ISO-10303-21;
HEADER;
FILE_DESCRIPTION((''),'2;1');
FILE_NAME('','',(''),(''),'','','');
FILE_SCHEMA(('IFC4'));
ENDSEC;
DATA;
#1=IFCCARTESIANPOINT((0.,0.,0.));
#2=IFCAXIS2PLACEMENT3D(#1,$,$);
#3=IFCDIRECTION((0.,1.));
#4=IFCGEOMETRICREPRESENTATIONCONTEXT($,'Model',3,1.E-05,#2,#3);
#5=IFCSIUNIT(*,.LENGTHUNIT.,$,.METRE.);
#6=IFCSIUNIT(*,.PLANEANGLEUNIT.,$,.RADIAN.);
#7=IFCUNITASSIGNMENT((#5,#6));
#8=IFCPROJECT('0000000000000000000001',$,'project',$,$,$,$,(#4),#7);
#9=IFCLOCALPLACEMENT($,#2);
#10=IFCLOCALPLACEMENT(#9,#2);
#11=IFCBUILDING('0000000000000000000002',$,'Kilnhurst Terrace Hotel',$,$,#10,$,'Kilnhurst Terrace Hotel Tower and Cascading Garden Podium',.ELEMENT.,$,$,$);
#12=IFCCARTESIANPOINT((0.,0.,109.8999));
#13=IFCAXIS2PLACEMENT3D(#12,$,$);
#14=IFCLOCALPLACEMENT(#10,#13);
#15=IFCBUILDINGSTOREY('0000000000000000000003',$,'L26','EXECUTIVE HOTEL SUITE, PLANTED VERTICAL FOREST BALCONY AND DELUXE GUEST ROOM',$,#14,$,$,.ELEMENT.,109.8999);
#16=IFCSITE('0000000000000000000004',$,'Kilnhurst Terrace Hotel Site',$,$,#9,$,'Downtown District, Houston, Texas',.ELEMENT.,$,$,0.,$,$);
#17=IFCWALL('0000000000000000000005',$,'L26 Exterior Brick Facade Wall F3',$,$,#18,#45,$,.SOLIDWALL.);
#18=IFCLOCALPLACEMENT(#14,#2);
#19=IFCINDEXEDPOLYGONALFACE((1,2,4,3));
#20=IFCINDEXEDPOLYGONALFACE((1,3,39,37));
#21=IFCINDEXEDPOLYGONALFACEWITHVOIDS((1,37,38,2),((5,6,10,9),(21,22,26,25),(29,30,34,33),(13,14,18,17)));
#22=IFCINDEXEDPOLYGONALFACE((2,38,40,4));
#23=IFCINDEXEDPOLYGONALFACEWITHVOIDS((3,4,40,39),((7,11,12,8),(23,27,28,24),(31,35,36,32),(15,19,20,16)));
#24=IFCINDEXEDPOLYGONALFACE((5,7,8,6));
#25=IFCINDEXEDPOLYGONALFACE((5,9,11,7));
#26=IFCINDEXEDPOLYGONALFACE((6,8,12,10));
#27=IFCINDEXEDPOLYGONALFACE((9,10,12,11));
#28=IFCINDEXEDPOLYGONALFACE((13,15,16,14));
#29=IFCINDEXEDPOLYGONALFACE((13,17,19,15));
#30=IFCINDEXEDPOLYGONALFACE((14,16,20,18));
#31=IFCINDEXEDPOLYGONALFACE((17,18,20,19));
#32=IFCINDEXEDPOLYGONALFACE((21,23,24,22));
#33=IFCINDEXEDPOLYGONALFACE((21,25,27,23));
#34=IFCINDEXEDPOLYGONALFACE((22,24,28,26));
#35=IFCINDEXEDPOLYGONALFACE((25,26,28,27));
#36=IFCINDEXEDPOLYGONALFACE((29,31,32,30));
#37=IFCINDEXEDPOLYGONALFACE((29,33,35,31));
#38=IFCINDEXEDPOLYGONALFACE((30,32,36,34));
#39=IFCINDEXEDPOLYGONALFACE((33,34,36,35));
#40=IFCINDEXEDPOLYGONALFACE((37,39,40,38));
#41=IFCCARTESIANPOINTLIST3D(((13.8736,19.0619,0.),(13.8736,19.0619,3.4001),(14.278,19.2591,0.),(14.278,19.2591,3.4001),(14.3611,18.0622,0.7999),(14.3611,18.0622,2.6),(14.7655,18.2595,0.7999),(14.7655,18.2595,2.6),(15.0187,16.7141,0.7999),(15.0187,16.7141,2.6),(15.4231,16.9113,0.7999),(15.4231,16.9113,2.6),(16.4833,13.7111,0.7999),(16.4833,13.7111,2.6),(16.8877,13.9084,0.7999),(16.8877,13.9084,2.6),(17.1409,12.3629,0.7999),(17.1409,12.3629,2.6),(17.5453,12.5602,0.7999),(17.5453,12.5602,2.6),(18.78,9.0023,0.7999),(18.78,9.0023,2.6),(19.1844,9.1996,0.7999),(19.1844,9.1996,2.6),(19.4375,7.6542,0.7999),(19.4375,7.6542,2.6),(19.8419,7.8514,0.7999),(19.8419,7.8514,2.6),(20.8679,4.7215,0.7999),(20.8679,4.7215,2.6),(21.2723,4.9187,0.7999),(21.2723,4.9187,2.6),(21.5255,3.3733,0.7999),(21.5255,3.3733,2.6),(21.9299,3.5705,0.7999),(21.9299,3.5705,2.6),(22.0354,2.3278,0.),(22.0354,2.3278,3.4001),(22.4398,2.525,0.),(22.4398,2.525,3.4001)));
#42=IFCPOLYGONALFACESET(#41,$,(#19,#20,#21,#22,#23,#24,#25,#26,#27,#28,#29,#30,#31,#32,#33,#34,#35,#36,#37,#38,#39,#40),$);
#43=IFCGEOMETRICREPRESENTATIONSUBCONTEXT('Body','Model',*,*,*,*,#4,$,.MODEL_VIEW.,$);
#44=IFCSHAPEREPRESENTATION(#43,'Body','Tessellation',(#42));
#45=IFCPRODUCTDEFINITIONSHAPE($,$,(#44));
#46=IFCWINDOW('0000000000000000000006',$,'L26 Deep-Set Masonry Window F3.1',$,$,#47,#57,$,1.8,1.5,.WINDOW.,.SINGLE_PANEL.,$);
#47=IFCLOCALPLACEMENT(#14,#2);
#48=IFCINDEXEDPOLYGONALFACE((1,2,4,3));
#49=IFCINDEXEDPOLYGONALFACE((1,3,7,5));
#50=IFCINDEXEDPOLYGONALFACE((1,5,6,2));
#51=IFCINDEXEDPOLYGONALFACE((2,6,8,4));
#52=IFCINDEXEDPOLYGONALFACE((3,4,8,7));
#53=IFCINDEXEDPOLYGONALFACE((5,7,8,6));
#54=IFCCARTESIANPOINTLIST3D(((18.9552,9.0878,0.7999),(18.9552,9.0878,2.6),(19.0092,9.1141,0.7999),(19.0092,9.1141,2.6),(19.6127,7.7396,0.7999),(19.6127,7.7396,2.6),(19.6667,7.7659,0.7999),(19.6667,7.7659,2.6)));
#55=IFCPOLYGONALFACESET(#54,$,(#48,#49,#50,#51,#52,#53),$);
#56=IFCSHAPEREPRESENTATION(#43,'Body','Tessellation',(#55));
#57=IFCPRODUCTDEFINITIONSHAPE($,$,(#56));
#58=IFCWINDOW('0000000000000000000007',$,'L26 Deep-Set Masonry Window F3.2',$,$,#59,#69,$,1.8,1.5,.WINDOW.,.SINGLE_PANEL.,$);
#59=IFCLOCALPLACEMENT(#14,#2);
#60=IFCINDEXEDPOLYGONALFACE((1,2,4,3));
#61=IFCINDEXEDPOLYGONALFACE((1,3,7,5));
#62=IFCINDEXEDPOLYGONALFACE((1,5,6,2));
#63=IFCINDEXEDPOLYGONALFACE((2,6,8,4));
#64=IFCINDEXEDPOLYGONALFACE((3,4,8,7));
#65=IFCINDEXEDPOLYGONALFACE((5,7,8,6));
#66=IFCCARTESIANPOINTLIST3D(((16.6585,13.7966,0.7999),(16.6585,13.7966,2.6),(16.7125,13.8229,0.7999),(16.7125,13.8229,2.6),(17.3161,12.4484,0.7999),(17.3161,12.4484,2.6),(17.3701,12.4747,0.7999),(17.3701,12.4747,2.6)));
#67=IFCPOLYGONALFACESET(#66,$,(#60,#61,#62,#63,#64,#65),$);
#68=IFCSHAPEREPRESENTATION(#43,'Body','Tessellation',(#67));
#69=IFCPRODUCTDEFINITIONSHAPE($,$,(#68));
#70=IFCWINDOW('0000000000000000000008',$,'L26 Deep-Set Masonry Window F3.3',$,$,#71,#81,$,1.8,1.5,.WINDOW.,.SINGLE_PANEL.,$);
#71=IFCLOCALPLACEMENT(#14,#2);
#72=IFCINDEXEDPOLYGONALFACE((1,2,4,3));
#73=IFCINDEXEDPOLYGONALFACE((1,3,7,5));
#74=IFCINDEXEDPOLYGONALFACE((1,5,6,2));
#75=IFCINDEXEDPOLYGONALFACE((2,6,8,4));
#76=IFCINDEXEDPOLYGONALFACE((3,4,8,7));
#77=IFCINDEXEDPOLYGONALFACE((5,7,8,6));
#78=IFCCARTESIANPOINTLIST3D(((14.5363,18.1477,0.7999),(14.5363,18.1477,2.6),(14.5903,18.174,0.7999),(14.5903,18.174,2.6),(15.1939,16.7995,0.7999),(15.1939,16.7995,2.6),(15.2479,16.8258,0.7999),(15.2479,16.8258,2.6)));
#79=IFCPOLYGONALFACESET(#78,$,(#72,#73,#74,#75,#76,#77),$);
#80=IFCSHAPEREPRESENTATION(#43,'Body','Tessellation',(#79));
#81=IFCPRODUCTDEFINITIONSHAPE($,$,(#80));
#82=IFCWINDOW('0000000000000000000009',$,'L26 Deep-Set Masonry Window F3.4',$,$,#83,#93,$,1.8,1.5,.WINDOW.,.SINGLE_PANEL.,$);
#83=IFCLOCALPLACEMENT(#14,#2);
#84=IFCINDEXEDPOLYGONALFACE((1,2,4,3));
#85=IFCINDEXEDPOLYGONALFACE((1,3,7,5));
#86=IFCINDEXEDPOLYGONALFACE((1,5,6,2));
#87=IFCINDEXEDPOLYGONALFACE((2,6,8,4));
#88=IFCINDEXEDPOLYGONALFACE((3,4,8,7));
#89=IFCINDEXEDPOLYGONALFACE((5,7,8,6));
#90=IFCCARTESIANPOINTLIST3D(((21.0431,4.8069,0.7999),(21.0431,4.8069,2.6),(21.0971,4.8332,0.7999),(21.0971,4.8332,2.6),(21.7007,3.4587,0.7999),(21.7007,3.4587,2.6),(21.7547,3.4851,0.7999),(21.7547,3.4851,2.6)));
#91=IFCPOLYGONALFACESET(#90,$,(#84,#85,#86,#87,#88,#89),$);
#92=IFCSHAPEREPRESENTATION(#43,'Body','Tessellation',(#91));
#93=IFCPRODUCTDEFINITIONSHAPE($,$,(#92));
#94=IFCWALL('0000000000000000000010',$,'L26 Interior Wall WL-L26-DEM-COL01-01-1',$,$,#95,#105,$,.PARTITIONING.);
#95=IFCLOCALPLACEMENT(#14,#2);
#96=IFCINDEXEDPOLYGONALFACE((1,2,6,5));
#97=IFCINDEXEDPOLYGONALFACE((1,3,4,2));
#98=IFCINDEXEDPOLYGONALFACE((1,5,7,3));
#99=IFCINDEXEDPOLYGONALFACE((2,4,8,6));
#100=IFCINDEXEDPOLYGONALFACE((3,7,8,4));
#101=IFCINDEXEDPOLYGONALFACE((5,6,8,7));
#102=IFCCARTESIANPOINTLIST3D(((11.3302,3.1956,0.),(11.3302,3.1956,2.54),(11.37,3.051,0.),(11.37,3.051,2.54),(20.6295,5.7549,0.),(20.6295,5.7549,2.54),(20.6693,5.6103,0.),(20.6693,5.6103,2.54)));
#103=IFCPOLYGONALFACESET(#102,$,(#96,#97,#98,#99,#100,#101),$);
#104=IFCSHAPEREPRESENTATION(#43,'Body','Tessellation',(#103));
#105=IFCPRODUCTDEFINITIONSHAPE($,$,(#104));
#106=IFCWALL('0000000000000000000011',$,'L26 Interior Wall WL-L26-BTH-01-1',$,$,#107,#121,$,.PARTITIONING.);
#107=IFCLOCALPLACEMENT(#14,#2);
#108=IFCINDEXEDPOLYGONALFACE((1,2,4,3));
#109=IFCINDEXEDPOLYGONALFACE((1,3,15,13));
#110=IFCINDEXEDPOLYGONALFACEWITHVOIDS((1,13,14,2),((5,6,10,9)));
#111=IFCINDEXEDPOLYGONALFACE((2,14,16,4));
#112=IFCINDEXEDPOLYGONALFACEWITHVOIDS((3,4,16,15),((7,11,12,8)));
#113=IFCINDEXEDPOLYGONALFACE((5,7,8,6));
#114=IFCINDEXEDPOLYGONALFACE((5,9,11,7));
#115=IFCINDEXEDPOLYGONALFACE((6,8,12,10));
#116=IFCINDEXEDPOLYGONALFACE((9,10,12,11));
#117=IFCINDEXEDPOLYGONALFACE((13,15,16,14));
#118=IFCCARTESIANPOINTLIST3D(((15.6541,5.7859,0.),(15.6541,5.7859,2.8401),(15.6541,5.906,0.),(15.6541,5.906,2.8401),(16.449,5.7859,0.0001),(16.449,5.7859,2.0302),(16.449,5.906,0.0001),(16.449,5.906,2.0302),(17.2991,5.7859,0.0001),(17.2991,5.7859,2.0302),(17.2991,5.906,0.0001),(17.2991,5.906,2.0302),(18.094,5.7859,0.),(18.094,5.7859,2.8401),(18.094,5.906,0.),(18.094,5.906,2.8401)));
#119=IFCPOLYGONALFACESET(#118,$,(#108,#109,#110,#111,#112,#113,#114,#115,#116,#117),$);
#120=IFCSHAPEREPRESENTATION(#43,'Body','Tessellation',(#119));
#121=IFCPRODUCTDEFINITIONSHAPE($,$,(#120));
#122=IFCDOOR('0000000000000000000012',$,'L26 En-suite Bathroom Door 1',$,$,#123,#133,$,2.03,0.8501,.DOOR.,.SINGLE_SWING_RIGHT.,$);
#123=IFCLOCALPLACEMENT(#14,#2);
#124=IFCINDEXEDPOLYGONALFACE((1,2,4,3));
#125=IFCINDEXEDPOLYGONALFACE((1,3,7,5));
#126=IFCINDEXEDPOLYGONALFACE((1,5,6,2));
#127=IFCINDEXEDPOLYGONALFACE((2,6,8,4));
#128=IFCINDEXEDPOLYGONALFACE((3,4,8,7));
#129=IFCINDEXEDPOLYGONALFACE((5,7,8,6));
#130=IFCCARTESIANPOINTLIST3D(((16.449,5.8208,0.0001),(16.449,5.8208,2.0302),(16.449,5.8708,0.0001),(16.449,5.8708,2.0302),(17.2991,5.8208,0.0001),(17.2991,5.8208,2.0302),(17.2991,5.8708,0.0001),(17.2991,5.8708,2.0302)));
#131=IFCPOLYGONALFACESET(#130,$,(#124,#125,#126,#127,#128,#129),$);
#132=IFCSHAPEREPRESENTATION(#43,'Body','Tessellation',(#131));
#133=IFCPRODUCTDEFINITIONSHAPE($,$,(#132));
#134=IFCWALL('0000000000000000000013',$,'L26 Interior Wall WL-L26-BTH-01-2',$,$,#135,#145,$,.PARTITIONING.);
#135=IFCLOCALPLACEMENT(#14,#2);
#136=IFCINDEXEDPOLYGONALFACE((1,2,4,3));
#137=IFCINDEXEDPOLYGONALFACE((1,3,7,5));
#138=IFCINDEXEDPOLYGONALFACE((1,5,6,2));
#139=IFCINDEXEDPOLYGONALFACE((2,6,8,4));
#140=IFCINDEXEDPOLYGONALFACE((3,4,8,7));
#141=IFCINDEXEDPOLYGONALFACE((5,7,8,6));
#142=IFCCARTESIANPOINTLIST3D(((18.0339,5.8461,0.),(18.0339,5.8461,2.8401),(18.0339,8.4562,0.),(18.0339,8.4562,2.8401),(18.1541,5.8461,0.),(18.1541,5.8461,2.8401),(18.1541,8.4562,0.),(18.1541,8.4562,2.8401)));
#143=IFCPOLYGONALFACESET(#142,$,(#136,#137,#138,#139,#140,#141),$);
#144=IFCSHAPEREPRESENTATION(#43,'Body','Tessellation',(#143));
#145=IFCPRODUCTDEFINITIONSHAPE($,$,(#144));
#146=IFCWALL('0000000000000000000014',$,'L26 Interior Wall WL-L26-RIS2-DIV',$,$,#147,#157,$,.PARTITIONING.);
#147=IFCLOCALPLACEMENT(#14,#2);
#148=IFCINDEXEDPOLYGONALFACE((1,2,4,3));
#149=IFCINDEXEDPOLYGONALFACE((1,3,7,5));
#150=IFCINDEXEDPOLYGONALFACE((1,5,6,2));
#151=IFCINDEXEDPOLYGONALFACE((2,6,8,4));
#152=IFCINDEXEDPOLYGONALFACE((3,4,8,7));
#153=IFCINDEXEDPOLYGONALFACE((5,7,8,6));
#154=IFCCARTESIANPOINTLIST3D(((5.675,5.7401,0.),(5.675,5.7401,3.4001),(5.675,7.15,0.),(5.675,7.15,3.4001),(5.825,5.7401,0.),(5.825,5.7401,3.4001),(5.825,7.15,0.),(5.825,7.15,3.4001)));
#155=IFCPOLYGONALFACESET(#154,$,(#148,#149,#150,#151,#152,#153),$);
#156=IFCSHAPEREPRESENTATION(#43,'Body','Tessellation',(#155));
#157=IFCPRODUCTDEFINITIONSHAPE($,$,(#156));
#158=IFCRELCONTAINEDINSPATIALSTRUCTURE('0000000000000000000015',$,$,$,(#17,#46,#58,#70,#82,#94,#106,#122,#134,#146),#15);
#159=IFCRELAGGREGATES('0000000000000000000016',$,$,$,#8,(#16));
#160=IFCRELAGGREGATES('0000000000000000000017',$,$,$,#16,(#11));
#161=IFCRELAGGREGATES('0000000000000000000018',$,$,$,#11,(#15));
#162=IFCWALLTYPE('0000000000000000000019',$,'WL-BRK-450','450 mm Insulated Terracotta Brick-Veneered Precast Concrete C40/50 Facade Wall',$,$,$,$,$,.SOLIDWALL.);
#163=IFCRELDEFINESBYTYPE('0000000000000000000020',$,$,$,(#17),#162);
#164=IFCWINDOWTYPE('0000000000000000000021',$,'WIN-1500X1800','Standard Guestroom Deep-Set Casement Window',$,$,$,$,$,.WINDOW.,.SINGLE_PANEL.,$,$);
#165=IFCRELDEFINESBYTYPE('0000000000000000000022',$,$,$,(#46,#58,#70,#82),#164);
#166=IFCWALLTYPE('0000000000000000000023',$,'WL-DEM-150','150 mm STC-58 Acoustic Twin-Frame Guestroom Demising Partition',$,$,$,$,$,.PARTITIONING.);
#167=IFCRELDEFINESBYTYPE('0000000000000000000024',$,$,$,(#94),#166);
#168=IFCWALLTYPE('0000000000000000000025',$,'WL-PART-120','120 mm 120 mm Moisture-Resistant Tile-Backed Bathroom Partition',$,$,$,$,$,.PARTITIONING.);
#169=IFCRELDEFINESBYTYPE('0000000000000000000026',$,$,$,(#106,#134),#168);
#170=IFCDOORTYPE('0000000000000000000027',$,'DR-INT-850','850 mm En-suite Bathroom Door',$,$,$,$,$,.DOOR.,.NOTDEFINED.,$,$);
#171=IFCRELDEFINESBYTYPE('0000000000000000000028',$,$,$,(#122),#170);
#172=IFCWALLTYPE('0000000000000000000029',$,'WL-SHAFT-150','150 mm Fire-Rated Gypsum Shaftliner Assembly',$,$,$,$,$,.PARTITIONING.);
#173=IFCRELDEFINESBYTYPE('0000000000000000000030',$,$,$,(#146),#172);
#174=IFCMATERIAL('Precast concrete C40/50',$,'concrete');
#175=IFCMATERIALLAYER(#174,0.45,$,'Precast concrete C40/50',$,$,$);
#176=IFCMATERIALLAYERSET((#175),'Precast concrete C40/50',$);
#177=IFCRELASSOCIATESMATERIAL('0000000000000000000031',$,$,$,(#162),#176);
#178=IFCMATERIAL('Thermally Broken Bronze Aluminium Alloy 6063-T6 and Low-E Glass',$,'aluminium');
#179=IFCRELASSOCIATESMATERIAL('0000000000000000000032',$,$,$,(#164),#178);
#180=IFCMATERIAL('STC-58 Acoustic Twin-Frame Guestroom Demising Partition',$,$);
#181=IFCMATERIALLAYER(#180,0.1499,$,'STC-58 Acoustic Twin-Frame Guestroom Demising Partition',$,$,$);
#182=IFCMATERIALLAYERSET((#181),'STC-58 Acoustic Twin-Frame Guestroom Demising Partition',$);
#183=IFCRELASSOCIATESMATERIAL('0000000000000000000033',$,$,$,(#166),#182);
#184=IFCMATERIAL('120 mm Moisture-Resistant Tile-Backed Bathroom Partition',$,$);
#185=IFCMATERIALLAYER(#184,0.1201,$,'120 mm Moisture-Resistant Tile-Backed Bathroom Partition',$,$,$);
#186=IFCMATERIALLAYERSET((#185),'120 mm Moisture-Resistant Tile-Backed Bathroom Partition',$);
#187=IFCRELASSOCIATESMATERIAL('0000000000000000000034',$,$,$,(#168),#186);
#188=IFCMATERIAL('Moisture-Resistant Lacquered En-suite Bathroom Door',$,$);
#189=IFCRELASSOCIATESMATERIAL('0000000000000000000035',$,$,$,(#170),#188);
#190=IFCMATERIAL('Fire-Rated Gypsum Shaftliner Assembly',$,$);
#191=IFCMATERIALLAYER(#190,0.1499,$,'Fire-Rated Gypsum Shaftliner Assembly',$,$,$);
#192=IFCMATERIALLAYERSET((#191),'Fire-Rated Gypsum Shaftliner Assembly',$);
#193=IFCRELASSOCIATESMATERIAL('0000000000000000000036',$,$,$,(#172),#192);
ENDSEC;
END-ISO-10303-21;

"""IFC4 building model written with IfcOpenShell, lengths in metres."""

from ifc_helpers import new_model, si_unit, direction, frame, frame_2d, origin, place, context, subcontext, project, spatial, rectangle, extrude, material, layer, layer_set, type_object, element, fill, save


model = new_model("IFC4")

# Units and contexts
model_context = context("Model", 3, precision=1e-05, world=origin(), true_north=direction((0.0, 1.0)))
body_context = subcontext(model_context, "Body", "Model", "MODEL_VIEW")
ifc_project = project(units=[si_unit("LENGTHUNIT", "METRE"), si_unit("PLANEANGLEUNIT", "RADIAN")], contexts=[model_context])

# Site, building, storey
site_placement = place(None, origin())
site = spatial("IfcSite", under=ifc_project, at=site_placement, Name="Kilnhurst Terrace Hotel Site", LongName="Downtown District, Houston, Texas", CompositionType="ELEMENT", RefElevation=0.0)
building_placement = place(site_placement, origin())
building = spatial("IfcBuilding", under=site, at=building_placement, Name="Kilnhurst Terrace Hotel", LongName="Kilnhurst Terrace Hotel Tower and Cascading Garden Podium", CompositionType="ELEMENT")
storey_placement = place(building_placement, frame((0.0, 0.0, 109.8999)))
storey = spatial("IfcBuildingStorey", under=building, at=storey_placement, Name="L26", Description="EXECUTIVE HOTEL SUITE, PLANTED VERTICAL FOREST BALCONY AND DELUXE GUEST ROOM", CompositionType="ELEMENT", Elevation=109.8999)

# Shared definitions
ifc_material_1 = material(Name="Precast concrete C40/50", Category="concrete")
ifc_layer_1 = layer(ifc_material_1, 0.45, Name="Precast concrete C40/50")
ifc_layer_set_1 = layer_set([ifc_layer_1], Name="Precast concrete C40/50")
wall_type_1 = type_object("IfcWallType", Name="WL-BRK-450", Description="450 mm Insulated Terracotta Brick-Veneered Precast Concrete C40/50 Facade Wall", PredefinedType="SOLIDWALL", material=ifc_layer_set_1)

# Wall, openings, windows
wall_1_placement = place(storey_placement, frame((22.2375, 2.4265, 0.0), z_axis=(0.0, 0.0, 1.0), x_axis=(-0.438375, 0.898792, 0.0)))
wall_1 = element("IfcWall", 1, at=wall_1_placement, inside=storey, type_object=wall_type_1, Name="L26 Exterior Brick Facade Wall F3", PredefinedType="SOLIDWALL", context=body_context, shape_type="SweptSolid", body=[
    extrude(rectangle(XDim=18.6184, YDim=0.45, at=frame_2d((9.3091, 0.0))), origin(), (0.0, 0.0, 1.0), 3.4001),
])
opening_1_placement = place(wall_1_placement, frame((5.926, 0.0, 0.8)))
opening_1 = element("IfcOpeningElement", 2, at=opening_1_placement, cuts=wall_1, PredefinedType="OPENING", context=body_context, shape_type="SweptSolid", body=[
    extrude(rectangle(XDim=1.5, YDim=1.8, at=frame_2d((0.75, 0.8999))), frame((0.0, 0.2349, 0.0), z_axis=(0.0, -1.0, 0.0), x_axis=(1.0, 0.0, 0.0)), (0.0, 0.0, 1.0), 0.47),
])
opening_2_placement = place(wall_1_placement, frame((11.165, 0.0, 0.8)))
opening_2 = element("IfcOpeningElement", 3, at=opening_2_placement, cuts=wall_1, PredefinedType="OPENING", context=body_context, shape_type="SweptSolid", body=[
    extrude(rectangle(XDim=1.5, YDim=1.8, at=frame_2d((0.75, 0.8999))), frame((0.0, 0.2349, 0.0), z_axis=(0.0, -1.0, 0.0), x_axis=(1.0, 0.0, 0.0)), (0.0, 0.0, 1.0), 0.47),
])
opening_3_placement = place(wall_1_placement, frame((16.0061, 0.0, 0.8)))
opening_3 = element("IfcOpeningElement", 4, at=opening_3_placement, cuts=wall_1, PredefinedType="OPENING", context=body_context, shape_type="SweptSolid", body=[
    extrude(rectangle(XDim=1.5, YDim=1.8, at=frame_2d((0.75, 0.8999))), frame((0.0, 0.2349, 0.0), z_axis=(0.0, -1.0, 0.0), x_axis=(1.0, 0.0, 0.0)), (0.0, 0.0, 1.0), 0.47),
])
opening_4_placement = place(wall_1_placement, frame((1.1631, 0.0, 0.8)))
opening_4 = element("IfcOpeningElement", 5, at=opening_4_placement, cuts=wall_1, PredefinedType="OPENING", context=body_context, shape_type="SweptSolid", body=[
    extrude(rectangle(XDim=1.5, YDim=1.8, at=frame_2d((0.75, 0.8999))), frame((0.0, 0.2349, 0.0), z_axis=(0.0, -1.0, 0.0), x_axis=(1.0, 0.0, 0.0)), (0.0, 0.0, 1.0), 0.47),
])
ifc_material_2 = material(Name="Thermally Broken Bronze Aluminium Alloy 6063-T6 and Low-E Glass", Category="aluminium")
window_type = type_object("IfcWindowType", Name="WIN-1500X1800", Description="Standard Guestroom Deep-Set Casement Window", PartitioningType="SINGLE_PANEL", PredefinedType="WINDOW", material=ifc_material_2)
window_1_placement = place(opening_1_placement, origin())
window_1 = element("IfcWindow", 6, at=window_1_placement, inside=storey, type_object=window_type, Name="L26 Deep-Set Masonry Window F3.1", OverallHeight=1.8, OverallWidth=1.5, PartitioningType="SINGLE_PANEL", PredefinedType="WINDOW", context=body_context, shape_type="SweptSolid", body=[
    extrude(rectangle(XDim=1.5, YDim=1.8, at=frame_2d((0.75, 0.8999))), frame((0.0, 0.03, 0.0), z_axis=(0.0, -1.0, 0.0), x_axis=(1.0, 0.0, 0.0)), (0.0, 0.0, 1.0), 0.0601),
])
fill(opening_1, window_1)
window_2_placement = place(opening_2_placement, origin())
window_2 = element("IfcWindow", 7, at=window_2_placement, inside=storey, type_object=window_type, Name="L26 Deep-Set Masonry Window F3.2", OverallHeight=1.8, OverallWidth=1.5, PartitioningType="SINGLE_PANEL", PredefinedType="WINDOW", context=body_context, shape_type="SweptSolid", body=[
    extrude(rectangle(XDim=1.5, YDim=1.8, at=frame_2d((0.75, 0.8999))), frame((0.0, 0.03, 0.0), z_axis=(0.0, -1.0, 0.0), x_axis=(1.0, 0.0, 0.0)), (0.0, 0.0, 1.0), 0.0601),
])
fill(opening_2, window_2)
window_3_placement = place(opening_3_placement, origin())
window_3 = element("IfcWindow", 8, at=window_3_placement, inside=storey, type_object=window_type, Name="L26 Deep-Set Masonry Window F3.3", OverallHeight=1.8, OverallWidth=1.5, PartitioningType="SINGLE_PANEL", PredefinedType="WINDOW", context=body_context, shape_type="SweptSolid", body=[
    extrude(rectangle(XDim=1.5, YDim=1.8, at=frame_2d((0.75, 0.8999))), frame((0.0, 0.03, 0.0), z_axis=(0.0, -1.0, 0.0), x_axis=(1.0, 0.0, 0.0)), (0.0, 0.0, 1.0), 0.0601),
])
fill(opening_3, window_3)
window_4_placement = place(opening_4_placement, origin())
window_4 = element("IfcWindow", 9, at=window_4_placement, inside=storey, type_object=window_type, Name="L26 Deep-Set Masonry Window F3.4", OverallHeight=1.8, OverallWidth=1.5, PartitioningType="SINGLE_PANEL", PredefinedType="WINDOW", context=body_context, shape_type="SweptSolid", body=[
    extrude(rectangle(XDim=1.5, YDim=1.8, at=frame_2d((0.75, 0.8999))), frame((0.0, 0.03, 0.0), z_axis=(0.0, -1.0, 0.0), x_axis=(1.0, 0.0, 0.0)), (0.0, 0.0, 1.0), 0.0601),
])
fill(opening_4, window_4)

# Wall
ifc_material_3 = material(Name="STC-58 Acoustic Twin-Frame Guestroom Demising Partition")
ifc_layer_2 = layer(ifc_material_3, 0.1499, Name="STC-58 Acoustic Twin-Frame Guestroom Demising Partition")
ifc_layer_set_2 = layer_set([ifc_layer_2], Name="STC-58 Acoustic Twin-Frame Guestroom Demising Partition")
wall_type_2 = type_object("IfcWallType", Name="WL-DEM-150", Description="150 mm STC-58 Acoustic Twin-Frame Guestroom Demising Partition", PredefinedType="PARTITIONING", material=ifc_layer_set_2)
wall_2_placement = place(storey_placement, frame((11.3501, 3.1233, 0.0), z_axis=(0.0, 0.0, 1.0), x_axis=(0.964152, 0.265351, 0.0)))
element("IfcWall", 10, at=wall_2_placement, inside=storey, type_object=wall_type_2, Name="L26 Interior Wall WL-L26-DEM-COL01-01-1", PredefinedType="PARTITIONING", context=body_context, shape_type="SweptSolid", body=[
    extrude(rectangle(XDim=9.645, YDim=0.1499, at=frame_2d((4.8225, 0.0))), origin(), (0.0, 0.0, 1.0), 2.54),
])

# Wall, opening, door
ifc_material_4 = material(Name="120 mm Moisture-Resistant Tile-Backed Bathroom Partition")
ifc_layer_3 = layer(ifc_material_4, 0.1201, Name="120 mm Moisture-Resistant Tile-Backed Bathroom Partition")
ifc_layer_set_3 = layer_set([ifc_layer_3], Name="120 mm Moisture-Resistant Tile-Backed Bathroom Partition")
wall_type_3 = type_object("IfcWallType", Name="WL-PART-120", Description="120 mm 120 mm Moisture-Resistant Tile-Backed Bathroom Partition", PredefinedType="PARTITIONING", material=ifc_layer_set_3)
wall_3_placement = place(storey_placement, frame((15.6541, 5.8459, 0.0), z_axis=(0.0, 0.0, 1.0), x_axis=(1.0, 0.0, 0.0)))
wall_3 = element("IfcWall", 11, at=wall_3_placement, inside=storey, type_object=wall_type_3, Name="L26 Interior Wall WL-L26-BTH-01-1", PredefinedType="PARTITIONING", context=body_context, shape_type="SweptSolid", body=[
    extrude(rectangle(XDim=2.4399, YDim=0.1201, at=frame_2d((1.22, 0.0))), origin(), (0.0, 0.0, 1.0), 2.8401),
])
opening_5_placement = place(wall_3_placement, frame((0.7949, 0.0, 0.0)))
opening_5 = element("IfcOpeningElement", 12, at=opening_5_placement, cuts=wall_3, PredefinedType="OPENING", context=body_context, shape_type="SweptSolid", body=[
    extrude(rectangle(XDim=0.8501, YDim=2.03, at=frame_2d((0.425, 1.0151))), frame((0.0, 0.0701, 0.0), z_axis=(0.0, -1.0, 0.0), x_axis=(1.0, 0.0, 0.0)), (0.0, 0.0, 1.0), 0.1401),
])
ifc_material_5 = material(Name="Moisture-Resistant Lacquered En-suite Bathroom Door")
door_type = type_object("IfcDoorType", Name="DR-INT-850", Description="850 mm En-suite Bathroom Door", OperationType="NOTDEFINED", PredefinedType="DOOR", material=ifc_material_5)
door_placement = place(opening_5_placement, origin())
door = element("IfcDoor", 13, at=door_placement, inside=storey, type_object=door_type, Name="L26 En-suite Bathroom Door 1", OperationType="SINGLE_SWING_RIGHT", OverallHeight=2.03, OverallWidth=0.8501, PredefinedType="DOOR", context=body_context, shape_type="SweptSolid", body=[
    extrude(rectangle(XDim=0.8501, YDim=2.03, at=frame_2d((0.425, 1.0151))), frame((0.0, 0.0249, 0.0), z_axis=(0.0, -1.0, 0.0), x_axis=(1.0, 0.0, 0.0)), (0.0, 0.0, 1.0), 0.05),
])
fill(opening_5, door)

# Walls
wall_4_placement = place(storey_placement, frame((18.094, 5.8459, 0.0), z_axis=(0.0, 0.0, 1.0), x_axis=(0.0, 1.0, 0.0)))
element("IfcWall", 14, at=wall_4_placement, inside=storey, type_object=wall_type_3, Name="L26 Interior Wall WL-L26-BTH-01-2", PredefinedType="PARTITIONING", context=body_context, shape_type="SweptSolid", body=[
    extrude(rectangle(XDim=2.6101, YDim=0.1201, at=frame_2d((1.3052, 0.0))), origin(), (0.0, 0.0, 1.0), 2.8401),
])
ifc_material_6 = material(Name="Fire-Rated Gypsum Shaftliner Assembly")
ifc_layer_4 = layer(ifc_material_6, 0.1499, Name="Fire-Rated Gypsum Shaftliner Assembly")
ifc_layer_set_4 = layer_set([ifc_layer_4], Name="Fire-Rated Gypsum Shaftliner Assembly")
wall_type_4 = type_object("IfcWallType", Name="WL-SHAFT-150", Description="150 mm Fire-Rated Gypsum Shaftliner Assembly", PredefinedType="PARTITIONING", material=ifc_layer_set_4)
wall_5_placement = place(storey_placement, frame((5.75, 5.74, 0.0), z_axis=(0.0, 0.0, 1.0), x_axis=(0.0, 1.0, 0.0)))
element("IfcWall", 15, at=wall_5_placement, inside=storey, type_object=wall_type_4, Name="L26 Interior Wall WL-L26-RIS2-DIV", PredefinedType="PARTITIONING", context=body_context, shape_type="SweptSolid", body=[
    extrude(rectangle(XDim=1.4099, YDim=0.1499, at=frame_2d((0.7051, 0.0))), origin(), (0.0, 0.0, 1.0), 3.4001),
])

save(model, "model.ifc")
